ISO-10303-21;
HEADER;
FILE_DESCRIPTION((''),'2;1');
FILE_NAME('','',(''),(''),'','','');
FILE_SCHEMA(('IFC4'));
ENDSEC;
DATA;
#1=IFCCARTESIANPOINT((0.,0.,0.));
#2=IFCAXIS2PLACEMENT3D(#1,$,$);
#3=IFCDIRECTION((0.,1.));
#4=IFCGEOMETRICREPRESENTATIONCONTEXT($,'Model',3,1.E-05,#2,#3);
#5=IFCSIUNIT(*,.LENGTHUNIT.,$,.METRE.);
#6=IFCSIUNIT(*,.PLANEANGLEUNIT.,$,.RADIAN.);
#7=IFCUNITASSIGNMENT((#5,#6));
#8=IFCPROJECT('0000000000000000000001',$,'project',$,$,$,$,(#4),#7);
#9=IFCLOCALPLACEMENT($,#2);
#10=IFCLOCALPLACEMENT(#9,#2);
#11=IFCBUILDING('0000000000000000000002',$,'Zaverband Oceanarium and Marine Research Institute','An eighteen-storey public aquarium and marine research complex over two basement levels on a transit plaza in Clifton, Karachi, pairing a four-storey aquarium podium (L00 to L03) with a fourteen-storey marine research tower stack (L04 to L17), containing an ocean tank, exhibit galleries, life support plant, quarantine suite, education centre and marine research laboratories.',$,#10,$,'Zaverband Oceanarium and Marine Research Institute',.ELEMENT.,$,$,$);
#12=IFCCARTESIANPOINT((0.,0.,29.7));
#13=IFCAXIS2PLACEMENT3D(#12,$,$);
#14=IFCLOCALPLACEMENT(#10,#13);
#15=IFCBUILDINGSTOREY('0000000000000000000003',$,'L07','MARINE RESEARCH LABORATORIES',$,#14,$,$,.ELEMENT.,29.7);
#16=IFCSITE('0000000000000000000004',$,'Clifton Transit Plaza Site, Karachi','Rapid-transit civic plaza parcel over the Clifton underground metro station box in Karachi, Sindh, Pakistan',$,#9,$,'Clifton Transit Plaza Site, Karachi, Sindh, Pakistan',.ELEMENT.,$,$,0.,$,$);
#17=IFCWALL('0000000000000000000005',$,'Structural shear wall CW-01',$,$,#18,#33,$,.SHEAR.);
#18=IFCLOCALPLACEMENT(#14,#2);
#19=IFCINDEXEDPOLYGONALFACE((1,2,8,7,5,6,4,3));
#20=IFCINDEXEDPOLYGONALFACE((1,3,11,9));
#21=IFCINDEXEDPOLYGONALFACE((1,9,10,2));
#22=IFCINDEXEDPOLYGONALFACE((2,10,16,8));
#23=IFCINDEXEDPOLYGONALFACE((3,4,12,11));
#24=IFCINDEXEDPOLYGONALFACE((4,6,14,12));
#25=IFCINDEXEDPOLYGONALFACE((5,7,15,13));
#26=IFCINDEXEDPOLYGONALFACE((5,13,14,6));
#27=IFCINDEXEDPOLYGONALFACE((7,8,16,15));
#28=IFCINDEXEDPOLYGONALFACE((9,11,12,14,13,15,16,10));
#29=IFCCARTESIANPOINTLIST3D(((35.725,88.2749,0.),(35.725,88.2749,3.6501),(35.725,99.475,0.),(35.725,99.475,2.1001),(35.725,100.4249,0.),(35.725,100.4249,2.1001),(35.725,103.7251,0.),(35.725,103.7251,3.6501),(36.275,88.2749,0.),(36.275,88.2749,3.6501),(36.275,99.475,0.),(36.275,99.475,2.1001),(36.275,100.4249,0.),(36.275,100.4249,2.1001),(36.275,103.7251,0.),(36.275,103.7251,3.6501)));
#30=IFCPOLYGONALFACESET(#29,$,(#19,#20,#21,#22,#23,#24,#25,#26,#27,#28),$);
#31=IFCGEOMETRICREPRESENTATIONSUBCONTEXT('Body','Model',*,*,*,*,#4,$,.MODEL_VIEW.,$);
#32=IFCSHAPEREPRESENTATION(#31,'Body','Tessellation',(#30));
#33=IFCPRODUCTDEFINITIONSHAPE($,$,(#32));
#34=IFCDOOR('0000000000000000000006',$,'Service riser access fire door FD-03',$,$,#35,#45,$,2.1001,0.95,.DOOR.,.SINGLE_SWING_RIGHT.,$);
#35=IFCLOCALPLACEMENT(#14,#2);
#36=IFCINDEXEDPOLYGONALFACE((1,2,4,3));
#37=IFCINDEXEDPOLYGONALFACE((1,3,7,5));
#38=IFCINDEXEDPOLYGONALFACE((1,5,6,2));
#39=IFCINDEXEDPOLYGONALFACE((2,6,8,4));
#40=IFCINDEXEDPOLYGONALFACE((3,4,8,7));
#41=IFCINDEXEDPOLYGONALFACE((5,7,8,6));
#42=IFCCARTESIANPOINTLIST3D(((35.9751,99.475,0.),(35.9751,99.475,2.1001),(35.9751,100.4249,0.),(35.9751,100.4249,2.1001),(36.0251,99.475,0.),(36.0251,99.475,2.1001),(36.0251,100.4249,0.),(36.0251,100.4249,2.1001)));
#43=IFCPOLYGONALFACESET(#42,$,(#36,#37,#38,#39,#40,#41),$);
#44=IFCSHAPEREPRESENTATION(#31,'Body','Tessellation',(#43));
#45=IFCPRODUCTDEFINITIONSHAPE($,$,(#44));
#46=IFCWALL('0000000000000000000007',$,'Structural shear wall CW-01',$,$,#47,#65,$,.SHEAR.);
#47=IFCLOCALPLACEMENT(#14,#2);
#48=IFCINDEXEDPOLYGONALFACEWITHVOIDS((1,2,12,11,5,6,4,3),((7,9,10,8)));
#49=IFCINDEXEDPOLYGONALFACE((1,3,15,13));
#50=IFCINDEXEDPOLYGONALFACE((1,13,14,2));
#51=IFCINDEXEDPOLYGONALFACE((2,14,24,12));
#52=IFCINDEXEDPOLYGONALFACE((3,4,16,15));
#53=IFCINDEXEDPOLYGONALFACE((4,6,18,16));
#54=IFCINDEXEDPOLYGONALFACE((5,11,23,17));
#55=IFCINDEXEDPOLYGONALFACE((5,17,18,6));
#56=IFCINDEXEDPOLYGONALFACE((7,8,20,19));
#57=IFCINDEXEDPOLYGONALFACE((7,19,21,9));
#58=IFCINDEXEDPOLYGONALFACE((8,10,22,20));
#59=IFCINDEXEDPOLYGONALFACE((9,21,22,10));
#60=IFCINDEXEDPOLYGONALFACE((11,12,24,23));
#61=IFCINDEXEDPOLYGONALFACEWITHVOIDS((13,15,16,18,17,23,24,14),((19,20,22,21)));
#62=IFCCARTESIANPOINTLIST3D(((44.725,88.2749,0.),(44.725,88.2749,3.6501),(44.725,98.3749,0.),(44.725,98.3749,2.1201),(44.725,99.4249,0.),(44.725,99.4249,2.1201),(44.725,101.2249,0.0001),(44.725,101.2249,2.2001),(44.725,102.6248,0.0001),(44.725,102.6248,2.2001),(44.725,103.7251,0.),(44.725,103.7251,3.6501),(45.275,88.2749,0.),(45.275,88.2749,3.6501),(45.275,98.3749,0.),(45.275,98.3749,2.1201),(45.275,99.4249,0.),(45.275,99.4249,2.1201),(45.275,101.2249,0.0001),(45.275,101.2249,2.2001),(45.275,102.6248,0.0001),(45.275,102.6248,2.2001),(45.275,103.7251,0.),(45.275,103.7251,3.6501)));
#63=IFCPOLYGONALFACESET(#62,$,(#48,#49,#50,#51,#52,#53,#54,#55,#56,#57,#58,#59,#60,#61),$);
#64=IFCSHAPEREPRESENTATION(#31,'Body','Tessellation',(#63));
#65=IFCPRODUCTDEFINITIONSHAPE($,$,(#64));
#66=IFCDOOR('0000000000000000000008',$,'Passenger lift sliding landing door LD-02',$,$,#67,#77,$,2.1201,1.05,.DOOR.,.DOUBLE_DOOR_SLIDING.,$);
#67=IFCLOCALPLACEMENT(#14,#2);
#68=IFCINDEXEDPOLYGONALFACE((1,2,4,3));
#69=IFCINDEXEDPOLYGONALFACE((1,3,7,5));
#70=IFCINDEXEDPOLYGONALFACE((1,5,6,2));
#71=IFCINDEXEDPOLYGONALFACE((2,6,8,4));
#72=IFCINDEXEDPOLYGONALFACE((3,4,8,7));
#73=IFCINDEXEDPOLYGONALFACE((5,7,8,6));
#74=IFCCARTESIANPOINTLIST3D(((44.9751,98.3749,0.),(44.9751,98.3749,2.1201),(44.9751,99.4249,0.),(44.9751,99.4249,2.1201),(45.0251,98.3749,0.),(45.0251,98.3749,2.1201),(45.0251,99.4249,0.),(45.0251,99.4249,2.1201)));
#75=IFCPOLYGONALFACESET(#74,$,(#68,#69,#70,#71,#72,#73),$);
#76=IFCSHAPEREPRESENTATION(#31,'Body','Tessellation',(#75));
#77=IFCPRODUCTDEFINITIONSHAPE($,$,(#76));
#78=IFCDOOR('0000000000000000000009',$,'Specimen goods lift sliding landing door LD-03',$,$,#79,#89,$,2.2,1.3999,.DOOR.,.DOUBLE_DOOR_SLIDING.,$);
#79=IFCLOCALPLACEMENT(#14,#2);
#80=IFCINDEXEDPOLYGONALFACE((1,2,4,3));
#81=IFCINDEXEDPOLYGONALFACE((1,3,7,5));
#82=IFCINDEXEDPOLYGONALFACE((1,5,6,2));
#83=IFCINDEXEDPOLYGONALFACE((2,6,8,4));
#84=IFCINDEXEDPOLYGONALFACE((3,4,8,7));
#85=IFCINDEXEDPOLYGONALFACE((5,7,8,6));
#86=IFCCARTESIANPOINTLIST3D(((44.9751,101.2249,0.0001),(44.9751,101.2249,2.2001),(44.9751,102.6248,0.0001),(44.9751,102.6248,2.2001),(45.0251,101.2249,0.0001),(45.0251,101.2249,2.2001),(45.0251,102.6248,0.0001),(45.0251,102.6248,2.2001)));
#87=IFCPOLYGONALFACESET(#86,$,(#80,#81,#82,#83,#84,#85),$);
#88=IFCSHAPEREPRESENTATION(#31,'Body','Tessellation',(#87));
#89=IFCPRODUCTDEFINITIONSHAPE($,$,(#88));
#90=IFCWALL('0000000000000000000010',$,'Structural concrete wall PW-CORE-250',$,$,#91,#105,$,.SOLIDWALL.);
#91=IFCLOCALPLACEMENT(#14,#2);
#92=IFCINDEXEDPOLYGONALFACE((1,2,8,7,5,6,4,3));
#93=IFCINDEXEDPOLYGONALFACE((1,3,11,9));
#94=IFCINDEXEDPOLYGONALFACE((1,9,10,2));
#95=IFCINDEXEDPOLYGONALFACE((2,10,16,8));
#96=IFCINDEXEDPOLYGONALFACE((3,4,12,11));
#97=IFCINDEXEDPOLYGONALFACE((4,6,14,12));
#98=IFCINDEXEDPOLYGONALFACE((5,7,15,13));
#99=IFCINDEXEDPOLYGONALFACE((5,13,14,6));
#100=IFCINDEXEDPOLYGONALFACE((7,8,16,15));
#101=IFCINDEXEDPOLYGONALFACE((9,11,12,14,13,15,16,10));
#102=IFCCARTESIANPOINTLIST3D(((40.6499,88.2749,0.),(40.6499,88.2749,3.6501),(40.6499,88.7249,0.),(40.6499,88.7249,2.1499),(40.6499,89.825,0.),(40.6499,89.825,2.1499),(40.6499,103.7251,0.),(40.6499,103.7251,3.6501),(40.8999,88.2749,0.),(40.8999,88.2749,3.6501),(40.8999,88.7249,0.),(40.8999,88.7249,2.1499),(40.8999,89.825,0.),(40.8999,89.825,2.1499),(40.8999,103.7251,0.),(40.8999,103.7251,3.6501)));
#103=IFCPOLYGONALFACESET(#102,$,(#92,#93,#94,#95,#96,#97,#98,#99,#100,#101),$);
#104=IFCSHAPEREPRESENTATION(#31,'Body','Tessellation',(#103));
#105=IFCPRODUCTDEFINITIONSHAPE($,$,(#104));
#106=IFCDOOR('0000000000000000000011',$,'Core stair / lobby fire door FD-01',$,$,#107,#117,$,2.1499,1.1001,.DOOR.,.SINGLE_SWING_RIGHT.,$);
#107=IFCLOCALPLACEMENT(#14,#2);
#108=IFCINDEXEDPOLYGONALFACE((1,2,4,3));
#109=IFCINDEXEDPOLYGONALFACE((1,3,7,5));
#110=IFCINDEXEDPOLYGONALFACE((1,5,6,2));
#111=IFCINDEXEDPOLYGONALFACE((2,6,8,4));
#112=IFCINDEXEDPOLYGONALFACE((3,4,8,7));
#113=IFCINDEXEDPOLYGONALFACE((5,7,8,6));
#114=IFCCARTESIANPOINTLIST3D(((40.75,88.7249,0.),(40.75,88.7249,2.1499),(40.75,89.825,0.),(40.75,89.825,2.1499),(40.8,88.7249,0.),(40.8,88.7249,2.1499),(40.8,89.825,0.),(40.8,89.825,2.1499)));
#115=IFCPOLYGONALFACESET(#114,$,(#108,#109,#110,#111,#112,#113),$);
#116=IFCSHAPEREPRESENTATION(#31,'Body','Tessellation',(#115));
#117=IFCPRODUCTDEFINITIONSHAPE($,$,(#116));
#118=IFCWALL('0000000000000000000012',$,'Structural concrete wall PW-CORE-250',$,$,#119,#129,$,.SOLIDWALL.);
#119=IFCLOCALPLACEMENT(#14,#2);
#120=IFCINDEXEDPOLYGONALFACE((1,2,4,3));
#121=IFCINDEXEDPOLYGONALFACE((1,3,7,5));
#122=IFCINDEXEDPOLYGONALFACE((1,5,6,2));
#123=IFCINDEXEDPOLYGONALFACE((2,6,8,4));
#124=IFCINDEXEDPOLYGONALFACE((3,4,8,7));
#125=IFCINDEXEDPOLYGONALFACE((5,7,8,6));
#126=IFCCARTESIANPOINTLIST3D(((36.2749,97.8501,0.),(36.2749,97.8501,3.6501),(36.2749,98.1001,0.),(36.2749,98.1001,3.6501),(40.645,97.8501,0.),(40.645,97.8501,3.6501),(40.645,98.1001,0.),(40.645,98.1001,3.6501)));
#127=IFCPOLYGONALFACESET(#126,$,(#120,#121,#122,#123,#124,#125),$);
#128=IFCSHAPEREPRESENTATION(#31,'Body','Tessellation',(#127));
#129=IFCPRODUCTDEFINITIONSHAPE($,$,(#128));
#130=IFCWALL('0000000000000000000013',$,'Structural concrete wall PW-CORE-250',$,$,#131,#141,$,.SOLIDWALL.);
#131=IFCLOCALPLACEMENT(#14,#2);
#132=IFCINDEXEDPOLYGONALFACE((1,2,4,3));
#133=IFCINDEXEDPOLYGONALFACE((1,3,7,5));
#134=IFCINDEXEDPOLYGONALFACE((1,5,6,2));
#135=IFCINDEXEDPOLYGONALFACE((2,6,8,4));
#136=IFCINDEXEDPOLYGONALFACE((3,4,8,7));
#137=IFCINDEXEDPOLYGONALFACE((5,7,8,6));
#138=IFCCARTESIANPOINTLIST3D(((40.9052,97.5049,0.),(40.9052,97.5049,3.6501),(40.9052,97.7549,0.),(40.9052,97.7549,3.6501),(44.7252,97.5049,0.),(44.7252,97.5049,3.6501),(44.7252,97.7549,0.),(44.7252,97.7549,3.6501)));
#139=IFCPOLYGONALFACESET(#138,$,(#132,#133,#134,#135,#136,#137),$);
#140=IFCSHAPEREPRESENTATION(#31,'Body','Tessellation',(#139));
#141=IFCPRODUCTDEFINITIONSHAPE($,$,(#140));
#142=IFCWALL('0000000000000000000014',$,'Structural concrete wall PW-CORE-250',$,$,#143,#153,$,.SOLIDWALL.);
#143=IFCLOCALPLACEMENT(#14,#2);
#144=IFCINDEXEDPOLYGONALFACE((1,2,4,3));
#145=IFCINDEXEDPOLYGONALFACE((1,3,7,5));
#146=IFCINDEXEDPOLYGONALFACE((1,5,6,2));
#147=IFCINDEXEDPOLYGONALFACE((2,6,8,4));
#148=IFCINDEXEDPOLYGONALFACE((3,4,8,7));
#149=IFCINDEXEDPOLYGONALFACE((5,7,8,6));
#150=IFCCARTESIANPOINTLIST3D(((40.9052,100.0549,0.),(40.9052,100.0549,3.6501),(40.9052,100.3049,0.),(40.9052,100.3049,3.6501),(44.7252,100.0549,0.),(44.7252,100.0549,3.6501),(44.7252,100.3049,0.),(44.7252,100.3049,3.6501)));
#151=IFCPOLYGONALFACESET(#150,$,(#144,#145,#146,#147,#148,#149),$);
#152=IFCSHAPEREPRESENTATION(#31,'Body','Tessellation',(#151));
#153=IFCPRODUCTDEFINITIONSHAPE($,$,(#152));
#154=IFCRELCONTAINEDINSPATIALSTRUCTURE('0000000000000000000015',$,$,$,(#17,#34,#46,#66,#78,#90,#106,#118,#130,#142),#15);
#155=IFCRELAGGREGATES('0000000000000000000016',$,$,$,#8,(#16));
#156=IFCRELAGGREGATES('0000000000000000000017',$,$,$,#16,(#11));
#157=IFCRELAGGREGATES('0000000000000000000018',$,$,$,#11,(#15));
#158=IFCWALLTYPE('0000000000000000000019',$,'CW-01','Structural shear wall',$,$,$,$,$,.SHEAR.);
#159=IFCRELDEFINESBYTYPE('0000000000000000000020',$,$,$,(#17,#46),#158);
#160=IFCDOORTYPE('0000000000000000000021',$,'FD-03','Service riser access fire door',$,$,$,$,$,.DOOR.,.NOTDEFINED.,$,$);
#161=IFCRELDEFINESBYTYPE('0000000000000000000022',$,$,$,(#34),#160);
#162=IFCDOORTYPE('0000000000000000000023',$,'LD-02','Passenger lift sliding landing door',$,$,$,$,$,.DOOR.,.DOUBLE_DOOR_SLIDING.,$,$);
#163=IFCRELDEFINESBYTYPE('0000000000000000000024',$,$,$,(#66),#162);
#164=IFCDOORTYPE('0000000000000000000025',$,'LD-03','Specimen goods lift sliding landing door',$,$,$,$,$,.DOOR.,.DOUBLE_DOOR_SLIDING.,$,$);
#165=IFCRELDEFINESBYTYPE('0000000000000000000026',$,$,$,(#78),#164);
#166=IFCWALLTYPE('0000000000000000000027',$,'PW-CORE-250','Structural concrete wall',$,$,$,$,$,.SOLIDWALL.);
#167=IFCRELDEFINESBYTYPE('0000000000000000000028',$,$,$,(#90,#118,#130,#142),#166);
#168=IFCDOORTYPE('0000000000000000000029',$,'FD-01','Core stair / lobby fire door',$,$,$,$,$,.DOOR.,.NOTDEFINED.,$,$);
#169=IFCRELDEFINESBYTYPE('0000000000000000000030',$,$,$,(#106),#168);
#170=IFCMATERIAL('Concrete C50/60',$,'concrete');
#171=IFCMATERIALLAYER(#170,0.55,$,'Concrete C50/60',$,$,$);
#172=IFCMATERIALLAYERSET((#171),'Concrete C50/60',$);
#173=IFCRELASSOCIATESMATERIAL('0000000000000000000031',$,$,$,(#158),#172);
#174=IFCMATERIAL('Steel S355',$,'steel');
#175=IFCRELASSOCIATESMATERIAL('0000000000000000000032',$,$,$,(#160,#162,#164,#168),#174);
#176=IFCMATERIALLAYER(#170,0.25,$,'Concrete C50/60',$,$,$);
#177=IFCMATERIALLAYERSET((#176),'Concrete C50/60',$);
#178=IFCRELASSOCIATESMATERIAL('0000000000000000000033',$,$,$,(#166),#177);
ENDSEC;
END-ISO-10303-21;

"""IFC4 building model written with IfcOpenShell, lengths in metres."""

from ifc_helpers import new_model, si_unit, direction, frame, frame_2d, origin, place, context, subcontext, project, spatial, rectangle, extrude, material, layer, layer_set, type_object, element, fill, save


model = new_model("IFC4")

# Units and contexts
model_context = context("Model", 3, precision=1e-05, world=origin(), true_north=direction((0.0, 1.0)))
body_context = subcontext(model_context, "Body", "Model", "MODEL_VIEW")
ifc_project = project(units=[si_unit("LENGTHUNIT", "METRE"), si_unit("PLANEANGLEUNIT", "RADIAN")], contexts=[model_context])

# Site, building, storey
site_placement = place(None, origin())
site = spatial("IfcSite", under=ifc_project, at=site_placement, Name="Clifton Transit Plaza Site, Karachi", Description="Rapid-transit civic plaza parcel over the Clifton underground metro station box in Karachi, Sindh, Pakistan", LongName="Clifton Transit Plaza Site, Karachi, Sindh, Pakistan", CompositionType="ELEMENT", RefElevation=0.0)
building_placement = place(site_placement, origin())
building = spatial("IfcBuilding", under=site, at=building_placement, Name="Zaverband Oceanarium and Marine Research Institute", Description="An eighteen-storey public aquarium and marine research complex over two basement levels on a transit plaza in Clifton, Karachi, pairing a four-storey aquarium podium (L00 to L03) with a fourteen-storey marine research tower stack (L04 to L17), containing an ocean tank, exhibit galleries, life support plant, quarantine suite, education centre and marine research laboratories.", LongName="Zaverband Oceanarium and Marine Research Institute", CompositionType="ELEMENT")
storey_placement = place(building_placement, frame((0.0, 0.0, 29.7)))
storey = spatial("IfcBuildingStorey", under=building, at=storey_placement, Name="L07", Description="MARINE RESEARCH LABORATORIES", CompositionType="ELEMENT", Elevation=29.7)

# Shared definitions
ifc_material_1 = material(Name="Concrete C50/60", Category="concrete")

# Shared definitions
ifc_layer_1 = layer(ifc_material_1, 0.55, Name="Concrete C50/60")
ifc_layer_set_1 = layer_set([ifc_layer_1], Name="Concrete C50/60")
wall_type_1 = type_object("IfcWallType", Name="CW-01", Description="Structural shear wall", PredefinedType="SHEAR", material=ifc_layer_set_1)
ifc_material_2 = material(Name="Steel S355", Category="steel")

# Wall, opening, door
wall_1_placement = place(storey_placement, frame((36.0, 88.2749, 0.0), z_axis=(0.0, 0.0, 1.0), x_axis=(0.0, 1.0, 0.0)))
wall_1 = element("IfcWall", 1, at=wall_1_placement, inside=storey, type_object=wall_type_1, Name="Structural shear wall CW-01", PredefinedType="SHEAR", context=body_context, shape_type="SweptSolid", body=[
    extrude(rectangle(XDim=15.4502, YDim=0.55, at=frame_2d((7.7251, 0.0))), origin(), (0.0, 0.0, 1.0), 3.6501),
])
opening_1_placement = place(wall_1_placement, frame((11.2, 0.0, 0.0)))
opening_1 = element("IfcOpeningElement", 2, at=opening_1_placement, cuts=wall_1, PredefinedType="OPENING", context=body_context, shape_type="SweptSolid", body=[
    extrude(rectangle(XDim=0.95, YDim=2.1001, at=frame_2d((0.4751, 1.05))), frame((0.0, 0.2871, 0.0), z_axis=(0.0, -1.0, 0.0), x_axis=(1.0, 0.0, 0.0)), (0.0, 0.0, 1.0), 0.574),
])
door_type_1 = type_object("IfcDoorType", Name="FD-03", Description="Service riser access fire door", OperationType="NOTDEFINED", PredefinedType="DOOR", material=ifc_material_2)
door_1_placement = place(opening_1_placement, origin())
door_1 = element("IfcDoor", 3, at=door_1_placement, inside=storey, type_object=door_type_1, Name="Service riser access fire door FD-03", OperationType="SINGLE_SWING_RIGHT", OverallHeight=2.1001, OverallWidth=0.95, PredefinedType="DOOR", context=body_context, shape_type="SweptSolid", body=[
    extrude(rectangle(XDim=0.95, YDim=2.1001, at=frame_2d((0.4751, 1.05))), frame((0.0, 0.0249, 0.0), z_axis=(0.0, -1.0, 0.0), x_axis=(1.0, 0.0, 0.0)), (0.0, 0.0, 1.0), 0.05),
])
fill(opening_1, door_1)

# Wall, openings, doors
wall_2_placement = place(storey_placement, frame((45.0, 88.2749, 0.0), z_axis=(0.0, 0.0, 1.0), x_axis=(0.0, 1.0, 0.0)))
wall_2 = element("IfcWall", 4, at=wall_2_placement, inside=storey, type_object=wall_type_1, Name="Structural shear wall CW-01", PredefinedType="SHEAR", context=body_context, shape_type="SweptSolid", body=[
    extrude(rectangle(XDim=15.4502, YDim=0.55, at=frame_2d((7.7251, 0.0))), origin(), (0.0, 0.0, 1.0), 3.6501),
])
opening_2_placement = place(wall_2_placement, frame((10.1001, 0.0, 0.0)))
opening_2 = element("IfcOpeningElement", 5, at=opening_2_placement, cuts=wall_2, PredefinedType="OPENING", context=body_context, shape_type="SweptSolid", body=[
    extrude(rectangle(XDim=1.05, YDim=2.1201, at=frame_2d((0.5249, 1.0601))), frame((0.0, 0.2871, 0.0), z_axis=(0.0, -1.0, 0.0), x_axis=(1.0, 0.0, 0.0)), (0.0, 0.0, 1.0), 0.574),
])
opening_3_placement = place(wall_2_placement, frame((12.95, 0.0, 0.0)))
opening_3 = element("IfcOpeningElement", 6, at=opening_3_placement, cuts=wall_2, PredefinedType="OPENING", context=body_context, shape_type="SweptSolid", body=[
    extrude(rectangle(XDim=1.3999, YDim=2.2, at=frame_2d((0.7, 1.1001))), frame((0.0, 0.2871, 0.0), z_axis=(0.0, -1.0, 0.0), x_axis=(1.0, 0.0, 0.0)), (0.0, 0.0, 1.0), 0.574),
])
door_type_2 = type_object("IfcDoorType", Name="LD-02", Description="Passenger lift sliding landing door", OperationType="DOUBLE_DOOR_SLIDING", PredefinedType="DOOR", material=ifc_material_2)
door_2_placement = place(opening_2_placement, origin())
door_2 = element("IfcDoor", 7, at=door_2_placement, inside=storey, type_object=door_type_2, Name="Passenger lift sliding landing door LD-02", OperationType="DOUBLE_DOOR_SLIDING", OverallHeight=2.1201, OverallWidth=1.05, PredefinedType="DOOR", context=body_context, shape_type="SweptSolid", body=[
    extrude(rectangle(XDim=1.05, YDim=2.1201, at=frame_2d((0.5249, 1.0601))), frame((0.0, 0.0249, 0.0), z_axis=(0.0, -1.0, 0.0), x_axis=(1.0, 0.0, 0.0)), (0.0, 0.0, 1.0), 0.05),
])
fill(opening_2, door_2)
door_type_3 = type_object("IfcDoorType", Name="LD-03", Description="Specimen goods lift sliding landing door", OperationType="DOUBLE_DOOR_SLIDING", PredefinedType="DOOR", material=ifc_material_2)
door_3_placement = place(opening_3_placement, origin())
door_3 = element("IfcDoor", 8, at=door_3_placement, inside=storey, type_object=door_type_3, Name="Specimen goods lift sliding landing door LD-03", OperationType="DOUBLE_DOOR_SLIDING", OverallHeight=2.2, OverallWidth=1.3999, PredefinedType="DOOR", context=body_context, shape_type="SweptSolid", body=[
    extrude(rectangle(XDim=1.3999, YDim=2.2, at=frame_2d((0.7, 1.1001))), frame((0.0, 0.0249, 0.0), z_axis=(0.0, -1.0, 0.0), x_axis=(1.0, 0.0, 0.0)), (0.0, 0.0, 1.0), 0.05),
])
fill(opening_3, door_3)

# Wall, opening, door
ifc_layer_2 = layer(ifc_material_1, 0.25, Name="Concrete C50/60")
ifc_layer_set_2 = layer_set([ifc_layer_2], Name="Concrete C50/60")
wall_type_2 = type_object("IfcWallType", Name="PW-CORE-250", Description="Structural concrete wall", PredefinedType="SOLIDWALL", material=ifc_layer_set_2)
wall_3_placement = place(storey_placement, frame((40.7749, 88.2749, 0.0), z_axis=(0.0, 0.0, 1.0), x_axis=(0.0, 1.0, 0.0)))
wall_3 = element("IfcWall", 9, at=wall_3_placement, inside=storey, type_object=wall_type_2, Name="Structural concrete wall PW-CORE-250", PredefinedType="SOLIDWALL", context=body_context, shape_type="SweptSolid", body=[
    extrude(rectangle(XDim=15.4502, YDim=0.25, at=frame_2d((7.7251, 0.0))), origin(), (0.0, 0.0, 1.0), 3.6501),
])
opening_4_placement = place(wall_3_placement, frame((0.45, 0.0, 0.0)))
opening_4 = element("IfcOpeningElement", 10, at=opening_4_placement, cuts=wall_3, PredefinedType="OPENING", context=body_context, shape_type="SweptSolid", body=[
    extrude(rectangle(XDim=1.1001, YDim=2.1499, at=frame_2d((0.55, 1.075))), frame((0.0, 0.137, 0.0), z_axis=(0.0, -1.0, 0.0), x_axis=(1.0, 0.0, 0.0)), (0.0, 0.0, 1.0), 0.2739),
])
door_type_4 = type_object("IfcDoorType", Name="FD-01", Description="Core stair / lobby fire door", OperationType="NOTDEFINED", PredefinedType="DOOR", material=ifc_material_2)
door_4_placement = place(opening_4_placement, origin())
door_4 = element("IfcDoor", 11, at=door_4_placement, inside=storey, type_object=door_type_4, Name="Core stair / lobby fire door FD-01", OperationType="SINGLE_SWING_RIGHT", OverallHeight=2.1499, OverallWidth=1.1001, PredefinedType="DOOR", context=body_context, shape_type="SweptSolid", body=[
    extrude(rectangle(XDim=1.1001, YDim=2.1499, at=frame_2d((0.55, 1.075))), frame((0.0, 0.0249, 0.0), z_axis=(0.0, -1.0, 0.0), x_axis=(1.0, 0.0, 0.0)), (0.0, 0.0, 1.0), 0.05),
])
fill(opening_4, door_4)

# Wall
wall_4_placement = place(storey_placement, frame((36.2749, 97.9751, 0.0), z_axis=(0.0, 0.0, 1.0), x_axis=(1.0, 0.0, 0.0)))
element("IfcWall", 12, at=wall_4_placement, inside=storey, type_object=wall_type_2, Name="Structural concrete wall PW-CORE-250", PredefinedType="SOLIDWALL", context=body_context, shape_type="SweptSolid", body=[
    extrude(rectangle(XDim=4.3701, YDim=0.25, at=frame_2d((2.1851, 0.0))), origin(), (0.0, 0.0, 1.0), 3.6501),
])

# Walls
for number, where, z_axis, x_axis, name in (
    (13, (40.905, 97.6299, 0.0), (0.0, 0.0, 1.0), (1.0, 0.0, 0.0), "Structural concrete wall PW-CORE-250"),
    (14, (40.905, 100.1799, 0.0), (0.0, 0.0, 1.0), (1.0, 0.0, 0.0), "Structural concrete wall PW-CORE-250"),
):
    element("IfcWall", number, at=place(storey_placement, frame(where, z_axis=z_axis, x_axis=x_axis)), inside=storey, type_object=wall_type_2, Name=name, PredefinedType="SOLIDWALL", context=body_context, shape_type="SweptSolid", body=[
        extrude(rectangle(XDim=3.8201, YDim=0.25, at=frame_2d((1.9102, 0.0))), origin(), (0.0, 0.0, 1.0), 3.6501),
    ])

save(model, "model.ifc")
